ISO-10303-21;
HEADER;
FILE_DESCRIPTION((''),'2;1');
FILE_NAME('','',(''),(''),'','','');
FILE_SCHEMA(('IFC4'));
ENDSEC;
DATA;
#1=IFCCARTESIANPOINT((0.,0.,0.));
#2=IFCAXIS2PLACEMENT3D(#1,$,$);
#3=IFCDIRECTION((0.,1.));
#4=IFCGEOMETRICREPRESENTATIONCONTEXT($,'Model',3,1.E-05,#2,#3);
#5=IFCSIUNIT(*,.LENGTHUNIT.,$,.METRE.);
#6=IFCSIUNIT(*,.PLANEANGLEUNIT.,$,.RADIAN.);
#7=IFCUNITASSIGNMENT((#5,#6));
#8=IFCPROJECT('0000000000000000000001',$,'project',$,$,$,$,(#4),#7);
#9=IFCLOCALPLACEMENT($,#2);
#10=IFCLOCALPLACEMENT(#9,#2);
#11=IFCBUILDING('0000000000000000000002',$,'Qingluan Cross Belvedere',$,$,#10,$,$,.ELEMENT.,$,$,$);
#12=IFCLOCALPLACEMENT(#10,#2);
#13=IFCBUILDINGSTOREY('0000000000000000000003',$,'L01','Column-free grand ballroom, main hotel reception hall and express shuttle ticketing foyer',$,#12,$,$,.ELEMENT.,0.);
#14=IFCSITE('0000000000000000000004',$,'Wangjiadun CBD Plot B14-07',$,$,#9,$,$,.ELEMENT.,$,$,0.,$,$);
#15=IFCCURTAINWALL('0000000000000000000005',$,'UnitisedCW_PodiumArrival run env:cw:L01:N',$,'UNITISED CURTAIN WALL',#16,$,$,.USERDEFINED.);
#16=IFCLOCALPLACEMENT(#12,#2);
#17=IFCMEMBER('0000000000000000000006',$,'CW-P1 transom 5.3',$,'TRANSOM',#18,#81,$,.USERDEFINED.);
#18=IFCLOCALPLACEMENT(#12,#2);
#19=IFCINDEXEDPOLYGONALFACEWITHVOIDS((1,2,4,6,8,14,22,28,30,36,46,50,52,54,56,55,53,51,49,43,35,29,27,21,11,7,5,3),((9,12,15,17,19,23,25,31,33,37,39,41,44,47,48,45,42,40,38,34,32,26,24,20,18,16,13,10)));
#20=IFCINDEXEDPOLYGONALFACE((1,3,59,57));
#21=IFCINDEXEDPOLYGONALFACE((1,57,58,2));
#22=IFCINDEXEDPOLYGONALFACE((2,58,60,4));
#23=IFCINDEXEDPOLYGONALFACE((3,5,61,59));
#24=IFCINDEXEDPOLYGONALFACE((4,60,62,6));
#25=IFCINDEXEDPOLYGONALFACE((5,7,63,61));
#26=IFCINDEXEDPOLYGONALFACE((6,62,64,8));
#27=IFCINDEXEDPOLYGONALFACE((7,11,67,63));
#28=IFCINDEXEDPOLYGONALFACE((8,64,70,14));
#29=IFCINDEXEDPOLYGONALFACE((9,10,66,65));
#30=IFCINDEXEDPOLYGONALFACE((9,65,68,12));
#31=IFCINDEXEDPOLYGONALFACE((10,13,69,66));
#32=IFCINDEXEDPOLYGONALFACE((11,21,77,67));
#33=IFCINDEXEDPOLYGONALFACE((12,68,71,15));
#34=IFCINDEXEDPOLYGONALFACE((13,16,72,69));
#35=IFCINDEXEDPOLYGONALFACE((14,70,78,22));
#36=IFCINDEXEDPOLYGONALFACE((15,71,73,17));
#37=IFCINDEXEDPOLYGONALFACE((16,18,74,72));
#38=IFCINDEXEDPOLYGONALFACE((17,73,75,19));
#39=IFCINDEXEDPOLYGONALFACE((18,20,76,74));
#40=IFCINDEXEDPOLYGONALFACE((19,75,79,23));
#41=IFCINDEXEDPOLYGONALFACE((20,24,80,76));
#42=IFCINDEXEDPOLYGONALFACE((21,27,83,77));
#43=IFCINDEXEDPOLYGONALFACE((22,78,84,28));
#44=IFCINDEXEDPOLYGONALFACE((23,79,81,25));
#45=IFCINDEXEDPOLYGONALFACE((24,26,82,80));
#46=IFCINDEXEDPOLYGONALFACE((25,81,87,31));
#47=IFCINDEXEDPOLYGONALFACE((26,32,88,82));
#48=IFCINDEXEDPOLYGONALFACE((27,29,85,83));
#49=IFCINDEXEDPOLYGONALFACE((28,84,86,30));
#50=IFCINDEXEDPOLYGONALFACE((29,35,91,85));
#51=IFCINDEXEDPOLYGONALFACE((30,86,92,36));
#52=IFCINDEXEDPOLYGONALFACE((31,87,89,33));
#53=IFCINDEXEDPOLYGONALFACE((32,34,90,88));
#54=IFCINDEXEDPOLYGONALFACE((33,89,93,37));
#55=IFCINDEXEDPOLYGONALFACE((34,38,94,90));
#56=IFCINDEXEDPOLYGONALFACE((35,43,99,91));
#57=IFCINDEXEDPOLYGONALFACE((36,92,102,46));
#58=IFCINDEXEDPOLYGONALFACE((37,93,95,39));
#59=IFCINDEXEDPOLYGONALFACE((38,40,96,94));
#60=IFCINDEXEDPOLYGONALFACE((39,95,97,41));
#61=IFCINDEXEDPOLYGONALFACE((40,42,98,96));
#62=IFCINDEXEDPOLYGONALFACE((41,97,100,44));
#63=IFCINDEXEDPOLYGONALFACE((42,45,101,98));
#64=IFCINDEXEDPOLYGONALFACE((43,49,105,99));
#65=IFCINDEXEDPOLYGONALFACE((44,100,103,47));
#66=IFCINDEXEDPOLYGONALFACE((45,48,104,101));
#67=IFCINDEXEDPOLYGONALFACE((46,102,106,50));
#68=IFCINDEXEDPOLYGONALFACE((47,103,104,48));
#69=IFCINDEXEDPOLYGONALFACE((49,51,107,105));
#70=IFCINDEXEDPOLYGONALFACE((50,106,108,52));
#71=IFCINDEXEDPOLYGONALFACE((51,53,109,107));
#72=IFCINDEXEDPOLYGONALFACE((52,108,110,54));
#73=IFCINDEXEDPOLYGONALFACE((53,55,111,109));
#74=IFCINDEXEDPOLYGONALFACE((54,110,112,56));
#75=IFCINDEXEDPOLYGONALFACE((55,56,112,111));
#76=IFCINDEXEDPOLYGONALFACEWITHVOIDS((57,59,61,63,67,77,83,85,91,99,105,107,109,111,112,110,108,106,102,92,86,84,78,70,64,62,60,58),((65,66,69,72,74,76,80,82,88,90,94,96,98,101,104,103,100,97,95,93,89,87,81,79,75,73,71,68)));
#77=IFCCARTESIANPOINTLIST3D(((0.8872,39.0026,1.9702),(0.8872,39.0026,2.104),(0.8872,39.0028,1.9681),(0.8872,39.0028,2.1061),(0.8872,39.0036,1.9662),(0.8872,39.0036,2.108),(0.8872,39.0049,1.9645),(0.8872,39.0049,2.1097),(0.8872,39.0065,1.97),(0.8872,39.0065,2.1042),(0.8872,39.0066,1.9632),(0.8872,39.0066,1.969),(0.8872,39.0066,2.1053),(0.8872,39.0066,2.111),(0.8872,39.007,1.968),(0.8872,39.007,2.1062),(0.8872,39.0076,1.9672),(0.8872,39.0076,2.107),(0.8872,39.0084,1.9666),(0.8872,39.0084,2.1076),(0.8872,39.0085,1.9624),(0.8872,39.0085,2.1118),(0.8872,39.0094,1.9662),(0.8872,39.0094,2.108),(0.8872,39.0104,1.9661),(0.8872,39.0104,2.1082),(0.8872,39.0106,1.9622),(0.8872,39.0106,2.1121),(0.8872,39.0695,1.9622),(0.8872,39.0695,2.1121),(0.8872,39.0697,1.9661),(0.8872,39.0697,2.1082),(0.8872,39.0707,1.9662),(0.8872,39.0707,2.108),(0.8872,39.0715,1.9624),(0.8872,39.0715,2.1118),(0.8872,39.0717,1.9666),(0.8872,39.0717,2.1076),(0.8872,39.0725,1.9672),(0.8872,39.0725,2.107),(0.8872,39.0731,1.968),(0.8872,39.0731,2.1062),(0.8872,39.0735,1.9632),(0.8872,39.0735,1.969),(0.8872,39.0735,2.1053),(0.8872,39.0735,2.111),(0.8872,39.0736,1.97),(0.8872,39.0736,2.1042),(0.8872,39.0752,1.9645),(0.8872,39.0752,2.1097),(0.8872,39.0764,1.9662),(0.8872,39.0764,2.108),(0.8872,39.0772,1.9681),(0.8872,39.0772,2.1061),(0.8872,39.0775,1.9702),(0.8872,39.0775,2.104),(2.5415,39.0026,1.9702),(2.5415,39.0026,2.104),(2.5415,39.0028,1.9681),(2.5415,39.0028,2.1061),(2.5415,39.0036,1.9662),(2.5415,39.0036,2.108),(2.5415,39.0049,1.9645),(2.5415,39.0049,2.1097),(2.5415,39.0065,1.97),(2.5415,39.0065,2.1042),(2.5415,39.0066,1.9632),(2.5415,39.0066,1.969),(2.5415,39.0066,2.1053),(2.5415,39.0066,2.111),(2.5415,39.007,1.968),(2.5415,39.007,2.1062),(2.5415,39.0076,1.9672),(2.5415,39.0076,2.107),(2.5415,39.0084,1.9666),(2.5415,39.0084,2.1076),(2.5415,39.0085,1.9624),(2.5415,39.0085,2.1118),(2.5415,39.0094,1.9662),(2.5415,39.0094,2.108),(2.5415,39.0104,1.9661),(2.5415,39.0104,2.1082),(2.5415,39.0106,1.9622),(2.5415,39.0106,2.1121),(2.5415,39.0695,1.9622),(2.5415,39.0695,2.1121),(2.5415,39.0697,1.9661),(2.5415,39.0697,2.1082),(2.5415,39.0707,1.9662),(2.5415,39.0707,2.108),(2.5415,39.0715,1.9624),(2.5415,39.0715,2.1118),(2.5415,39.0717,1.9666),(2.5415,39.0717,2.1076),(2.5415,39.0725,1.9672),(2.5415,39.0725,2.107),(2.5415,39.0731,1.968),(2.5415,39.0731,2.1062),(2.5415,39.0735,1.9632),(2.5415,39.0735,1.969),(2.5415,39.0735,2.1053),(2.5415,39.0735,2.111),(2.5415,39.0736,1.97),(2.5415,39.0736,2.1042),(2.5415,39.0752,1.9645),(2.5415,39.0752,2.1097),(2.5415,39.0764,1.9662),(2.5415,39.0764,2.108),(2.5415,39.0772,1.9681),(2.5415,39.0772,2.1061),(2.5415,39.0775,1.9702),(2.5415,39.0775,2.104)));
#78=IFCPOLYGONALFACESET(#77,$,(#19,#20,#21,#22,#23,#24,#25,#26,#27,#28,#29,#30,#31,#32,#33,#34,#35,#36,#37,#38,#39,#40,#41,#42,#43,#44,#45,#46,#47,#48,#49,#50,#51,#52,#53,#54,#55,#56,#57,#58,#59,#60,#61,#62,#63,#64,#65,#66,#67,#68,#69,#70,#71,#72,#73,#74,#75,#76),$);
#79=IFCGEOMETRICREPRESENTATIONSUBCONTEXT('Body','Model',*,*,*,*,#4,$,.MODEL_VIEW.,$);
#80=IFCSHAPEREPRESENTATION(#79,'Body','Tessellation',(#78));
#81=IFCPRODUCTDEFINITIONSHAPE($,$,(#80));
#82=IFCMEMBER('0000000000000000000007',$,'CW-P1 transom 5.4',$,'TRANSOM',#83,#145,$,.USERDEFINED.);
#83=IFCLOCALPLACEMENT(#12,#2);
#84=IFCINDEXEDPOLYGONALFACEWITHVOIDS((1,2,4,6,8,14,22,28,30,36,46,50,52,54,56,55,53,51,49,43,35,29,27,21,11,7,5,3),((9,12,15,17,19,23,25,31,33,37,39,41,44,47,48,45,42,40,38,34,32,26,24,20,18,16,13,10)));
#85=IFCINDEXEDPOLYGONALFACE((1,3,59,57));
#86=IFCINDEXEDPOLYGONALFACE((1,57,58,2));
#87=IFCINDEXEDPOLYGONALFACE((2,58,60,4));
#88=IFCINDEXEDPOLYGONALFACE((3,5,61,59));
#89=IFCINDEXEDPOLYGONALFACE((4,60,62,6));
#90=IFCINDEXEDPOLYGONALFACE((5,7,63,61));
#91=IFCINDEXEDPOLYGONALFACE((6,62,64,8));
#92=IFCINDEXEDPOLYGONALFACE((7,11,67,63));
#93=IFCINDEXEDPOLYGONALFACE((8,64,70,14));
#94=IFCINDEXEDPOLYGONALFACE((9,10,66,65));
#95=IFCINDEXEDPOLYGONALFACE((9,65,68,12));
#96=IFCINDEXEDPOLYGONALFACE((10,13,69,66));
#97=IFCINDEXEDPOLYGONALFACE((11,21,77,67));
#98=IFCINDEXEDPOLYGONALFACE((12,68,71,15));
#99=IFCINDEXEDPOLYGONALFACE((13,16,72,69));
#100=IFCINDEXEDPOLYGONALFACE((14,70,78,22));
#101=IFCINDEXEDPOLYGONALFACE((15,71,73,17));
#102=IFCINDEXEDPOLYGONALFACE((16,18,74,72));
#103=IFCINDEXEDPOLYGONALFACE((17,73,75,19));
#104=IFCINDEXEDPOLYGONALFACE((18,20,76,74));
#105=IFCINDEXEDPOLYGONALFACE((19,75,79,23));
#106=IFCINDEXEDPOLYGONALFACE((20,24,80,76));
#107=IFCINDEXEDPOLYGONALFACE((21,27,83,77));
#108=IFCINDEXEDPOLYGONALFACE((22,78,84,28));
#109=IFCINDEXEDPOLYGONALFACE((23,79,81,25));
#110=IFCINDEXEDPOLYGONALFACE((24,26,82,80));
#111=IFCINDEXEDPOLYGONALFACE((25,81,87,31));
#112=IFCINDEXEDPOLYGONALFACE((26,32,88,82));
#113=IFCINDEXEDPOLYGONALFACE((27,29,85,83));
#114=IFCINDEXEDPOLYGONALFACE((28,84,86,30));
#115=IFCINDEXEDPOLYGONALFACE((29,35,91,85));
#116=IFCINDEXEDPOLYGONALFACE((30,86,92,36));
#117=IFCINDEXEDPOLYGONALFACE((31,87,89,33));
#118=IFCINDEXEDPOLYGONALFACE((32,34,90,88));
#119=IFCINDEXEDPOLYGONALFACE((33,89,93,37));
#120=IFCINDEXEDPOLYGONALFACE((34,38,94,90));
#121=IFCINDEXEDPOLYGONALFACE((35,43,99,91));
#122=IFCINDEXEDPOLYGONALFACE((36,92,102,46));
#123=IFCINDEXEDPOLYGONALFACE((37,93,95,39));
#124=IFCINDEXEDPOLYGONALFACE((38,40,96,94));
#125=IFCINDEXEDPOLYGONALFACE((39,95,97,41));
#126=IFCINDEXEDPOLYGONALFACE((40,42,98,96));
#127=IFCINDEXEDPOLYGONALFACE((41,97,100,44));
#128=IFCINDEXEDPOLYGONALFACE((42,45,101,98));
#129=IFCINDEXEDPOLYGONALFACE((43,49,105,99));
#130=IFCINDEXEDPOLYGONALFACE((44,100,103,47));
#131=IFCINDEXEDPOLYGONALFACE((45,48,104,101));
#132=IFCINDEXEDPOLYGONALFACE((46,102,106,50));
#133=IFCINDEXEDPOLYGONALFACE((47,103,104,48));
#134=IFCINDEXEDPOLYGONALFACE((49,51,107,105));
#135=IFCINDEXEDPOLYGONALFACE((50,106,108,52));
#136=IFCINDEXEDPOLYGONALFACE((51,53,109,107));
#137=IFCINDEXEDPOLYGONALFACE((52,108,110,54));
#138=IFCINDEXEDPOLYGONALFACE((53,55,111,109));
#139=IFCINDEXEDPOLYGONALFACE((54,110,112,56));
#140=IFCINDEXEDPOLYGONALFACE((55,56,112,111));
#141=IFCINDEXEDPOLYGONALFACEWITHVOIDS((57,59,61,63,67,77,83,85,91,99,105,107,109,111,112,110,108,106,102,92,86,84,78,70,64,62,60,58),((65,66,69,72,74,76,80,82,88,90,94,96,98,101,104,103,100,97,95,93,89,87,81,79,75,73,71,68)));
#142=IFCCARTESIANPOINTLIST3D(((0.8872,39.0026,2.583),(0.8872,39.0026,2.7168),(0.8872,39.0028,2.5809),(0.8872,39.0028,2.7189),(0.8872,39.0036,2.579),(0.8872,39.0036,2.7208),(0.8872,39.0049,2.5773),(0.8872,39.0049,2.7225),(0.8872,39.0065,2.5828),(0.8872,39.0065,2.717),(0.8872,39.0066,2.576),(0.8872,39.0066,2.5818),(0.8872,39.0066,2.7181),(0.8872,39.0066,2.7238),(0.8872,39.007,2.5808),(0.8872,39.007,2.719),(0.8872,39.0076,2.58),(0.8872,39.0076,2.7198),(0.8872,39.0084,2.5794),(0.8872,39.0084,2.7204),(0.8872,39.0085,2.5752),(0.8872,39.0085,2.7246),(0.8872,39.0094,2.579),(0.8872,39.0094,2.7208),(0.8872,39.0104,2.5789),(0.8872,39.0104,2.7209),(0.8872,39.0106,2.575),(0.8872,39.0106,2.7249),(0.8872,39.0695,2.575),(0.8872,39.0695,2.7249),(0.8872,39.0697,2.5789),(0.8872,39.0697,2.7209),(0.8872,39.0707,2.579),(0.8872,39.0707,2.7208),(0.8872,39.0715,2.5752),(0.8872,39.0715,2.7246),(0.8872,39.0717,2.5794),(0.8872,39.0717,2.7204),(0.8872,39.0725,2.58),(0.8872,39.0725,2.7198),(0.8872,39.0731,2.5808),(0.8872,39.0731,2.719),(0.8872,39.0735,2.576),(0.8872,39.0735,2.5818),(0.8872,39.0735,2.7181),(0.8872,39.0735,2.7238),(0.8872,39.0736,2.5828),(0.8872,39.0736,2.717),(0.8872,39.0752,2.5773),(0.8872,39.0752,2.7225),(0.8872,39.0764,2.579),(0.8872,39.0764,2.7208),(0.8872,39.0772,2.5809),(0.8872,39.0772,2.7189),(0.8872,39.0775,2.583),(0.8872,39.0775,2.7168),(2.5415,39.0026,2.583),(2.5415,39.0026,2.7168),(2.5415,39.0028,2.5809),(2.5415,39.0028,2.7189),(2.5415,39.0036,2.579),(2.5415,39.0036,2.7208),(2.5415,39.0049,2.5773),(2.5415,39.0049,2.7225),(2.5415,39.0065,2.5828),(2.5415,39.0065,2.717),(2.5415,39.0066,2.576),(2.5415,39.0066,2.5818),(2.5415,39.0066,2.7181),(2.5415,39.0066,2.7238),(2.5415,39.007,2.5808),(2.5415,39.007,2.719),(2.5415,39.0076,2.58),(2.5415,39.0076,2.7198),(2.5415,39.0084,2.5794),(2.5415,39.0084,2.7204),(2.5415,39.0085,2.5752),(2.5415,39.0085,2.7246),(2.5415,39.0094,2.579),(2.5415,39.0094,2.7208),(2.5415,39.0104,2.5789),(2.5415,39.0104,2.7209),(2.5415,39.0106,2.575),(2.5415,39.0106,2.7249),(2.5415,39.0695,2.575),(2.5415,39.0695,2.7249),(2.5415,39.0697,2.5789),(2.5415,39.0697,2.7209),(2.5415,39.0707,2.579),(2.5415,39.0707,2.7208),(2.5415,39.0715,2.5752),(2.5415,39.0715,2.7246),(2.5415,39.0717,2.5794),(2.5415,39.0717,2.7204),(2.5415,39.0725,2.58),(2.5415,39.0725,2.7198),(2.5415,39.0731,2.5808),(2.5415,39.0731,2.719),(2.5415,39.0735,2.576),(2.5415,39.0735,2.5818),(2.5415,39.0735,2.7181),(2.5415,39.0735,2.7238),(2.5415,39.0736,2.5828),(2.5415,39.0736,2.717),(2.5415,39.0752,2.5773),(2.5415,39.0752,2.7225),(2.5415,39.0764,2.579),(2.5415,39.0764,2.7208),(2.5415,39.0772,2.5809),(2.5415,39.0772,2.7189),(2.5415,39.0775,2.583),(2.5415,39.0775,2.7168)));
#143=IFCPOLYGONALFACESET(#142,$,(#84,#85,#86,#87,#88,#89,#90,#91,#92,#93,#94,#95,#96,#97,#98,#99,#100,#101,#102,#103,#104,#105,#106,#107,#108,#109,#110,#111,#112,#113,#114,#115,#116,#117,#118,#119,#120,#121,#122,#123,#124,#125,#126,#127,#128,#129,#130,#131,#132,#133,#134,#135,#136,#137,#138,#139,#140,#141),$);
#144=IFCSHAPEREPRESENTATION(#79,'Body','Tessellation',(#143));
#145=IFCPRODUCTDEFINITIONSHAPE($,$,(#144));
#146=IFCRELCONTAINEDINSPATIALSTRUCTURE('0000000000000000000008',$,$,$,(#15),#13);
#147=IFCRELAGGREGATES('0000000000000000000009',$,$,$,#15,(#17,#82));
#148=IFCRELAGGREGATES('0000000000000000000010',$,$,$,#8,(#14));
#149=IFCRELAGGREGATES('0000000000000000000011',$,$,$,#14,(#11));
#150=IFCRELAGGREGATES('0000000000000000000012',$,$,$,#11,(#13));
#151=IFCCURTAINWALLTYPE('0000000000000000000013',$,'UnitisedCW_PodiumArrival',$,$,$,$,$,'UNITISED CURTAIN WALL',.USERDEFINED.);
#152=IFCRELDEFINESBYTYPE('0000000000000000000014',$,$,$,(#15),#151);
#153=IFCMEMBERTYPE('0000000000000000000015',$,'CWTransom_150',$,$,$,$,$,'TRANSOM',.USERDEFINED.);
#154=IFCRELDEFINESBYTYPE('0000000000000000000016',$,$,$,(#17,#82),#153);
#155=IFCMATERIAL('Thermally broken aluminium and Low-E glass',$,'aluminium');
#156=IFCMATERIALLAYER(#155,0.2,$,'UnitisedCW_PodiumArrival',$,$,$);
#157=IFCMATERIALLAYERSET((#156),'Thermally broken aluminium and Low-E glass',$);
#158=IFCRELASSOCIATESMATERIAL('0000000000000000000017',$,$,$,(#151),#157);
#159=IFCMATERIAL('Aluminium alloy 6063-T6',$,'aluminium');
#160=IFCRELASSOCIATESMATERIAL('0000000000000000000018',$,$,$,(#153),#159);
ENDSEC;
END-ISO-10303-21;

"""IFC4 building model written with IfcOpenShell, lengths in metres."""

from ifc_helpers import new_model, si_unit, direction, frame, origin, origin_2d, place, context, subcontext, project, spatial, hollow_rectangle, extrude, material, layer, layer_set, material_profile, profile_set, type_object, element, aggregate, save


model = new_model("IFC4")

# Units and contexts
model_context = context("Model", 3, precision=1e-05, world=origin(), true_north=direction((0.0, 1.0)))
body_context = subcontext(model_context, "Body", "Model", "MODEL_VIEW")
ifc_project = project(units=[si_unit("LENGTHUNIT", "METRE"), si_unit("PLANEANGLEUNIT", "RADIAN")], contexts=[model_context])

# Site, building, storey
site_placement = place(None, origin())
site = spatial("IfcSite", under=ifc_project, at=site_placement, Name="Wangjiadun CBD Plot B14-07", CompositionType="ELEMENT", RefElevation=0.0)
building_placement = place(site_placement, origin())
building = spatial("IfcBuilding", under=site, at=building_placement, Name="Qingluan Cross Belvedere", CompositionType="ELEMENT")
storey_placement = place(building_placement, origin())
storey = spatial("IfcBuildingStorey", under=building, at=storey_placement, Name="L01", Description="Column-free grand ballroom, main hotel reception hall and express shuttle ticketing foyer", CompositionType="ELEMENT", Elevation=0.0)

# Curtain wall, members
ifc_material_1 = material(Name="Thermally broken aluminium and Low-E glass", Category="aluminium")
ifc_layer_1 = layer(ifc_material_1, 0.2, Name="UnitisedCW_PodiumArrival")
ifc_layer_set_1 = layer_set([ifc_layer_1], Name="Thermally broken aluminium and Low-E glass")
curtain_wall_type = type_object("IfcCurtainWallType", Name="UnitisedCW_PodiumArrival", ElementType="UNITISED CURTAIN WALL", PredefinedType="USERDEFINED", material=ifc_layer_set_1)
curtain_wall_placement = place(storey_placement, origin())
curtain_wall = element("IfcCurtainWall", 1, at=curtain_wall_placement, inside=storey, type_object=curtain_wall_type, Name="UnitisedCW_PodiumArrival run env:cw:L01:N", ObjectType="UNITISED CURTAIN WALL", PredefinedType="USERDEFINED")
ifc_material_2 = material(Name="Aluminium alloy 6063-T6", Category="aluminium")
ifc_material_profile_1 = material_profile(ifc_material_2, hollow_rectangle(XDim=0.075, YDim=0.1499, WallThickness=0.0039, InnerFilletRadius=0.0039, OuterFilletRadius=0.0081, at=origin_2d()), Name="CWT150x75x4")
ifc_profile_set_1 = profile_set([ifc_material_profile_1], Name="Aluminium alloy 6063-T6")
member_type_1 = type_object("IfcMemberType", Name="CWTransom_150", ElementType="TRANSOM", PredefinedType="USERDEFINED", material=ifc_profile_set_1)
member_1_placement = place(storey_placement, frame((0.8872, 39.04, 2.0371), z_axis=(1.0, 0.0, 0.0), x_axis=(0.0, 1.0, 0.0)))
member_1 = element("IfcMember", 2, at=member_1_placement, type_object=member_type_1, Name="CW-P1 transom 5.3", ObjectType="TRANSOM", PredefinedType="USERDEFINED", context=body_context, shape_type="SweptSolid", body=[
    extrude(hollow_rectangle(XDim=0.075, YDim=0.1499, WallThickness=0.0039, InnerFilletRadius=0.0039, OuterFilletRadius=0.0081, at=origin_2d()), origin(), (0.0, 0.0, 1.0), 1.6543),
])
member_2_placement = place(storey_placement, frame((0.8872, 39.04, 2.6499), z_axis=(1.0, 0.0, 0.0), x_axis=(0.0, 1.0, 0.0)))
member_2 = element("IfcMember", 3, at=member_2_placement, type_object=member_type_1, Name="CW-P1 transom 5.4", ObjectType="TRANSOM", PredefinedType="USERDEFINED", context=body_context, shape_type="SweptSolid", body=[
    extrude(hollow_rectangle(XDim=0.075, YDim=0.1499, WallThickness=0.0039, InnerFilletRadius=0.0039, OuterFilletRadius=0.0081, at=origin_2d()), origin(), (0.0, 0.0, 1.0), 1.6543),
])

aggregate(curtain_wall, [member_1, member_2])

save(model, "model.ifc")
